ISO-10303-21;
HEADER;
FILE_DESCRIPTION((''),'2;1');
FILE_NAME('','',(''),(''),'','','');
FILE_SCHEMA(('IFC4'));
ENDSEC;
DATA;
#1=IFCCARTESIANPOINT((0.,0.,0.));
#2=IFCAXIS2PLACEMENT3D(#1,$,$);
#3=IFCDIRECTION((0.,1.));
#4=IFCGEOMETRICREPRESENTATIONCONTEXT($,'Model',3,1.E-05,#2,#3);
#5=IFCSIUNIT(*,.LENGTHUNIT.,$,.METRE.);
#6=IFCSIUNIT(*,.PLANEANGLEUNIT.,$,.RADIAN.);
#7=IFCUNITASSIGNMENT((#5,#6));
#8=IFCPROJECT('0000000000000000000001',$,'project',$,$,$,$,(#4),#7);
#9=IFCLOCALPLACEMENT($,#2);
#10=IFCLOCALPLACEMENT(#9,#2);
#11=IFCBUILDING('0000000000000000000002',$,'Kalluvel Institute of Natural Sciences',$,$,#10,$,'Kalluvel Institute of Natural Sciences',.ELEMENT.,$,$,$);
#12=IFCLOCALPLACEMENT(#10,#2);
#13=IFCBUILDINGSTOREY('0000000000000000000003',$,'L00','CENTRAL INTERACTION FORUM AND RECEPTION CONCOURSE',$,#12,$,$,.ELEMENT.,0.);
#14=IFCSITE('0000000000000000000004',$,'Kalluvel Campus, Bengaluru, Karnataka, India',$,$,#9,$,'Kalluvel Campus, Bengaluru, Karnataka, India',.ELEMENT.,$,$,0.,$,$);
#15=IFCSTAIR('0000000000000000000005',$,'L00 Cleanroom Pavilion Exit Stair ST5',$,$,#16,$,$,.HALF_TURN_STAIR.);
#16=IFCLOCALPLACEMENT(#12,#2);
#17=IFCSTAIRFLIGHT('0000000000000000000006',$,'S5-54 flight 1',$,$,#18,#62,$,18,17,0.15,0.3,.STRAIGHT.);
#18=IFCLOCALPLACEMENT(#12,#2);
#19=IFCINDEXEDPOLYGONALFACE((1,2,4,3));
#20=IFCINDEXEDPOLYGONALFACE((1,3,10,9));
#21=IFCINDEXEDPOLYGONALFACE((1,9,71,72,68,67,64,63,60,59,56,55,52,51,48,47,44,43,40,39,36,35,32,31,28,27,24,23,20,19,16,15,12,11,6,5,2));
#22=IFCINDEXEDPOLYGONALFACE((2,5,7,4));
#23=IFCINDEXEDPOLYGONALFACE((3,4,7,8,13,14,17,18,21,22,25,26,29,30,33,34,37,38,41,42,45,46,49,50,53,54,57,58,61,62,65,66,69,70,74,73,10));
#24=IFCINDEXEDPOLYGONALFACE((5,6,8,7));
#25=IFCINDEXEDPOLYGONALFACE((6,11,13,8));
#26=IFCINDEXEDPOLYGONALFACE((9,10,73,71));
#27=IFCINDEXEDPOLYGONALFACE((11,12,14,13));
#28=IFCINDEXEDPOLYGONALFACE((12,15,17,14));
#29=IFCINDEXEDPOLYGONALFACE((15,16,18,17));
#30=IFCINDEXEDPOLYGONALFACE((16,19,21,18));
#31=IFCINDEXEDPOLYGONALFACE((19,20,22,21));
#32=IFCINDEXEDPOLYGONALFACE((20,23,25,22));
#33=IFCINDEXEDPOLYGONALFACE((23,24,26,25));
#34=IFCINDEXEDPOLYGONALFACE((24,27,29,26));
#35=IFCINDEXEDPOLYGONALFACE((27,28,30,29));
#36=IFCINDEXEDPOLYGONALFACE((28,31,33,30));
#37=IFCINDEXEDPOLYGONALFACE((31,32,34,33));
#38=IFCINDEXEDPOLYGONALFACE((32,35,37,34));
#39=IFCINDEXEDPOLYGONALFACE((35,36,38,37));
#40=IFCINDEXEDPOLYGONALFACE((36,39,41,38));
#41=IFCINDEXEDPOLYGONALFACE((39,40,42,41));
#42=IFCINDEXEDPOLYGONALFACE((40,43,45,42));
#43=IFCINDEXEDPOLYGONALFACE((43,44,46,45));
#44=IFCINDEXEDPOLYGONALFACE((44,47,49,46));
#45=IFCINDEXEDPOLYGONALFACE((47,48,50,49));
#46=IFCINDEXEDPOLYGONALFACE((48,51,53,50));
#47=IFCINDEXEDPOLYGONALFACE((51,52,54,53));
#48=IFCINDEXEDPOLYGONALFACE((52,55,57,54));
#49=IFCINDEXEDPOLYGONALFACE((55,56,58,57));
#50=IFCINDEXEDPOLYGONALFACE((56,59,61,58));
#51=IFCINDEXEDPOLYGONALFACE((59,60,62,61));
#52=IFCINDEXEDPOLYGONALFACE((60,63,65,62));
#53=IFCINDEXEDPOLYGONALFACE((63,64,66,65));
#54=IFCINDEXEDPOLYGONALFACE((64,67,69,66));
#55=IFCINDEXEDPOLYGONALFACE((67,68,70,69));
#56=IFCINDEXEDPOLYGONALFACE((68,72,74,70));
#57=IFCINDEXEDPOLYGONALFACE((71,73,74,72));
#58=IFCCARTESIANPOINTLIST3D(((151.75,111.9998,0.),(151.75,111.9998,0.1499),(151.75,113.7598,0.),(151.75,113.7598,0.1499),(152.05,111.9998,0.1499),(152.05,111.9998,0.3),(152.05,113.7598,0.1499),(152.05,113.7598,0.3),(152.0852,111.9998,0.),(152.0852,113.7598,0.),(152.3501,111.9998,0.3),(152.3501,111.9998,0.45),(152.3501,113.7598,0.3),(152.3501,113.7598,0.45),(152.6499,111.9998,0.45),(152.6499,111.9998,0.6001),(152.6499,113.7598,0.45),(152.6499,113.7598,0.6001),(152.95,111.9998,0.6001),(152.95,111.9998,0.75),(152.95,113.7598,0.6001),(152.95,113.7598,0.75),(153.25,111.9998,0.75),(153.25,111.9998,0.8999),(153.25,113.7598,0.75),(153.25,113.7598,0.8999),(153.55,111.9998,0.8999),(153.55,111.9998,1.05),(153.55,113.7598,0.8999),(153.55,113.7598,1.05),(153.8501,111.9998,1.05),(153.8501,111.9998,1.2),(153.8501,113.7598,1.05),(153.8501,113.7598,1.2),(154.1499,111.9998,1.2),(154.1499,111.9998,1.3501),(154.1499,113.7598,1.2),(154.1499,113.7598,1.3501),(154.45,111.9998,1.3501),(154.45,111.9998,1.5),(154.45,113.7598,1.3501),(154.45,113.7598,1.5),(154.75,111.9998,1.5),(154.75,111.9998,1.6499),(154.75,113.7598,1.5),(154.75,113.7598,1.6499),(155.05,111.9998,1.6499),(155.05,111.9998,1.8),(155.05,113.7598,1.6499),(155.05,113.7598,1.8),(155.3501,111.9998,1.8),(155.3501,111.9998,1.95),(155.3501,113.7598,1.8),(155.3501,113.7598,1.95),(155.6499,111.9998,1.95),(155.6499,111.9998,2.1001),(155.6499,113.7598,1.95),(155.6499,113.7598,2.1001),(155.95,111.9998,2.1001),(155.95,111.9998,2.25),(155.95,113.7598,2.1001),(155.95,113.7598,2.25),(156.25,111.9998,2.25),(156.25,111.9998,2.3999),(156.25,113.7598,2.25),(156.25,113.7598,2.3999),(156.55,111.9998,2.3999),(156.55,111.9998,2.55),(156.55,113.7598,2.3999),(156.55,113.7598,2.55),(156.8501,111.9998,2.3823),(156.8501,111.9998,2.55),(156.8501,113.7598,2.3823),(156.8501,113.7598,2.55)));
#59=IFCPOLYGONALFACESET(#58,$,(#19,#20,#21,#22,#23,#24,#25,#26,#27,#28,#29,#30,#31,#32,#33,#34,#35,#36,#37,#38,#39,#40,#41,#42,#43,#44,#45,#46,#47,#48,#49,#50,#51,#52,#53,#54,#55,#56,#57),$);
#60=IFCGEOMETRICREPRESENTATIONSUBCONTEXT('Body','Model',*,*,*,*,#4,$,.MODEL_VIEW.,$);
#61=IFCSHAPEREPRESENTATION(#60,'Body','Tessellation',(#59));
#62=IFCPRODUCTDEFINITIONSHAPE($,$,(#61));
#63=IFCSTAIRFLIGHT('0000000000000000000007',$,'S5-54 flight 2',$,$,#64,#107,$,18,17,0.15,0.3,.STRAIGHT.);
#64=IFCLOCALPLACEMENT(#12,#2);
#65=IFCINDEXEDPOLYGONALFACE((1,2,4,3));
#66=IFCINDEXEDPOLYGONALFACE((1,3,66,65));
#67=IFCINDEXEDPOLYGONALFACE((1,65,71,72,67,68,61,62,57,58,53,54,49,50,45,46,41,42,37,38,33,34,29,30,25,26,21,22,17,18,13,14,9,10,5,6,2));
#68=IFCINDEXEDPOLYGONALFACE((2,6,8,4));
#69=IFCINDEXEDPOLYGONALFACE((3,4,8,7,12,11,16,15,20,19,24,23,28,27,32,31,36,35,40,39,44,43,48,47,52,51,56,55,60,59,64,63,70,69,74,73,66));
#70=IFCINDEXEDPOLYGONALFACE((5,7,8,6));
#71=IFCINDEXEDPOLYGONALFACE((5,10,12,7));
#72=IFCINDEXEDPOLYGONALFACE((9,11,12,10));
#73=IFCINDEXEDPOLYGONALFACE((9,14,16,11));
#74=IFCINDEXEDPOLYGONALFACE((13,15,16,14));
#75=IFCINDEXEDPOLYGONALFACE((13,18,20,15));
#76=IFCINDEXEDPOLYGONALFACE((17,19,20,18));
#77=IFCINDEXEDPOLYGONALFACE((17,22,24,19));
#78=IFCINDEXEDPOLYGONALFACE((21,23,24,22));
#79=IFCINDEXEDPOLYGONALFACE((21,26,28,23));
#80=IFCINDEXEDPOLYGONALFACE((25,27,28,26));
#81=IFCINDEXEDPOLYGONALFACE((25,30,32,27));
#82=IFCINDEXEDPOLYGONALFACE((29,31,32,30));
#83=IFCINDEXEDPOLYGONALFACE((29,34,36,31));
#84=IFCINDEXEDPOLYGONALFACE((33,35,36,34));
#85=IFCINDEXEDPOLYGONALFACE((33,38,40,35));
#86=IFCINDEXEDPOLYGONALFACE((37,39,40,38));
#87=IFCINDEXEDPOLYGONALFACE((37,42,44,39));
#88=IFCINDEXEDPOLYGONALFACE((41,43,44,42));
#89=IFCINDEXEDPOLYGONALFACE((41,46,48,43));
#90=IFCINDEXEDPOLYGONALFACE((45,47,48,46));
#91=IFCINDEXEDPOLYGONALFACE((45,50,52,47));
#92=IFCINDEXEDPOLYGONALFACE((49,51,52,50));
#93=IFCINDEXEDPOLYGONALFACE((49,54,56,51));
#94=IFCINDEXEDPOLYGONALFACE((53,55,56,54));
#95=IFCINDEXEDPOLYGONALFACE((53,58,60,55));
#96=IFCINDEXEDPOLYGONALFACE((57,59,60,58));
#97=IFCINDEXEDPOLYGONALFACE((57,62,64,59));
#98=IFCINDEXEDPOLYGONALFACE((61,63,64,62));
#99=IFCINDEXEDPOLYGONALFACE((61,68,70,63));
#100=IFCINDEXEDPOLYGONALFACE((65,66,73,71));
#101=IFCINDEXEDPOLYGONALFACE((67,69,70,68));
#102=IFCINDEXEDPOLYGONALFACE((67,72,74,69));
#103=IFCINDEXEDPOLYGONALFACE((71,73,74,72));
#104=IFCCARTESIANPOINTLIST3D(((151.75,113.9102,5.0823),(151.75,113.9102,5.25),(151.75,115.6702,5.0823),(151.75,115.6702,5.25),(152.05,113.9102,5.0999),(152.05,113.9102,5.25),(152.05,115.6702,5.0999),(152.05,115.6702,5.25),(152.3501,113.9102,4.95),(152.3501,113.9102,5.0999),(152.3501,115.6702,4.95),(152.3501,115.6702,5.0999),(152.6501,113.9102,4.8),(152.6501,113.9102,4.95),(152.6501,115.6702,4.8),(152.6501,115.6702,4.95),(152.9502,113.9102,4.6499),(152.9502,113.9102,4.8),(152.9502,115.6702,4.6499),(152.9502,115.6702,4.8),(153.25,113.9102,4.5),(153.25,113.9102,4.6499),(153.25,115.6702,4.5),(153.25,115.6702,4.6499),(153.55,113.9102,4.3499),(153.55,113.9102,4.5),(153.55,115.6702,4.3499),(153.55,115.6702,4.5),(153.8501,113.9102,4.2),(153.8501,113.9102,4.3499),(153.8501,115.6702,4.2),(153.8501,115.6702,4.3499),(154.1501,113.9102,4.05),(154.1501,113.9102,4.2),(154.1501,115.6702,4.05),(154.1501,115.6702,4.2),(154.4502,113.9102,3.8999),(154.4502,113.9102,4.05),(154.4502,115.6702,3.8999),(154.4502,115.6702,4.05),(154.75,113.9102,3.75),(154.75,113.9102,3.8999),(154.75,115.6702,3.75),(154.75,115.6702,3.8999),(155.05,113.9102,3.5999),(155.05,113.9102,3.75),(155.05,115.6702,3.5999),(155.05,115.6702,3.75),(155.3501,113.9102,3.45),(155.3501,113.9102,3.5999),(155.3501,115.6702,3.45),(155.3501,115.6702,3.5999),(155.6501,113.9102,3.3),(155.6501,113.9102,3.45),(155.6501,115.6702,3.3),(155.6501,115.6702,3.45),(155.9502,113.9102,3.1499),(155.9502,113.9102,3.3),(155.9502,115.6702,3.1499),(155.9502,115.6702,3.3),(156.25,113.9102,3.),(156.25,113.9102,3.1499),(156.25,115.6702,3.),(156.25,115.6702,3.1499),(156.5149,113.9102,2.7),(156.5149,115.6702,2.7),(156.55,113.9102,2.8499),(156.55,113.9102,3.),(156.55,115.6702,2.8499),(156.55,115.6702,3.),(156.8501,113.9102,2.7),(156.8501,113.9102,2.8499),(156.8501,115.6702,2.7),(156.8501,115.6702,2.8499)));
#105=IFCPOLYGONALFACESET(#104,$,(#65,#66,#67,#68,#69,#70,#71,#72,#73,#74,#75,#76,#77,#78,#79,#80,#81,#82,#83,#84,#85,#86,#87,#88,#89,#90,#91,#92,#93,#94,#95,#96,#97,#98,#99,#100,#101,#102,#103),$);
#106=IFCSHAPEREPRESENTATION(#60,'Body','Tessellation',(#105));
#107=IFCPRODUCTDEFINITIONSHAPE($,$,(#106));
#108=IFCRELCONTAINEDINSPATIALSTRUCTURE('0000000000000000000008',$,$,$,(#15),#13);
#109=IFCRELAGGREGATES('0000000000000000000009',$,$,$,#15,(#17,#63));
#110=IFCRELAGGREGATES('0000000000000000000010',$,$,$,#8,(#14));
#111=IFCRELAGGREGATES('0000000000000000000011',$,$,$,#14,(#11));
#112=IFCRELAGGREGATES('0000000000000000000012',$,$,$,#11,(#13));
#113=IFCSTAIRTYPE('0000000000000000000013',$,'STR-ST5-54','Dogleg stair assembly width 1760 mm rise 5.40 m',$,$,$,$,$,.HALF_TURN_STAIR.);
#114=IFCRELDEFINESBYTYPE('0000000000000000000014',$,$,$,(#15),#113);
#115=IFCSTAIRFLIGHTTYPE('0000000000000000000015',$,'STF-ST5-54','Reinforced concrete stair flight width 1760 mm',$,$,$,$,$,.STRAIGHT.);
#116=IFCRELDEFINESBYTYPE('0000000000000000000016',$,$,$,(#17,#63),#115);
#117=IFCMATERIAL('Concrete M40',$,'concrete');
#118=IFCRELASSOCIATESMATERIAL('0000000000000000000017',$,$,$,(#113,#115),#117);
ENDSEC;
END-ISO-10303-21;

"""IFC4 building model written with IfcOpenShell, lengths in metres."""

from ifc_helpers import new_model, si_unit, direction, frame, origin, place, context, subcontext, project, spatial, polyline, outline, extrude, material, type_object, element, aggregate, save


model = new_model("IFC4")

# Units and contexts
model_context = context("Model", 3, precision=1e-05, world=origin(), true_north=direction((0.0, 1.0)))
body_context = subcontext(model_context, "Body", "Model", "MODEL_VIEW")
ifc_project = project(units=[si_unit("LENGTHUNIT", "METRE"), si_unit("PLANEANGLEUNIT", "RADIAN")], contexts=[model_context])

# Site, building, storey
site_placement = place(None, origin())
site = spatial("IfcSite", under=ifc_project, at=site_placement, Name="Kalluvel Campus, Bengaluru, Karnataka, India", LongName="Kalluvel Campus, Bengaluru, Karnataka, India", CompositionType="ELEMENT", RefElevation=0.0)
building_placement = place(site_placement, origin())
building = spatial("IfcBuilding", under=site, at=building_placement, Name="Kalluvel Institute of Natural Sciences", LongName="Kalluvel Institute of Natural Sciences", CompositionType="ELEMENT")
storey_placement = place(building_placement, origin())
storey = spatial("IfcBuildingStorey", under=building, at=storey_placement, Name="L00", Description="CENTRAL INTERACTION FORUM AND RECEPTION CONCOURSE", CompositionType="ELEMENT", Elevation=0.0)

# Shared definitions
ifc_material_1 = material(Name="Concrete M40", Category="concrete")

# Stair, stair flights
stair_type = type_object("IfcStairType", Name="STR-ST5-54", Description="Dogleg stair assembly width 1760 mm rise 5.40 m", PredefinedType="HALF_TURN_STAIR", material=ifc_material_1)
stair_placement = place(storey_placement, origin())
stair = element("IfcStair", 1, at=stair_placement, inside=storey, type_object=stair_type, Name="L00 Cleanroom Pavilion Exit Stair ST5", PredefinedType="HALF_TURN_STAIR")
stair_flight_type = type_object("IfcStairFlightType", Name="STF-ST5-54", Description="Reinforced concrete stair flight width 1760 mm", PredefinedType="STRAIGHT", material=ifc_material_1)
stair_flight_1_placement = place(storey_placement, frame((151.75, 112.8799, 0.0), z_axis=(0.0, 0.0, 1.0), x_axis=(1.0, 0.0, 0.0)))
stair_flight_1 = element("IfcStairFlight", 2, at=stair_flight_1_placement, type_object=stair_flight_type, Name="S5-54 flight 1", NumberOfRisers=18, NumberOfTreads=17, PredefinedType="STRAIGHT", RiserHeight=0.15, TreadLength=0.3, context=body_context, shape_type="SweptSolid", body=[
    extrude(outline(polyline([(0.0, 0.0), (0.0, 0.1499), (0.3, 0.1499), (0.3, 0.3), (0.6001, 0.3), (0.6001, 0.45), (0.8999, 0.45), (0.8999, 0.6001), (1.2, 0.6001), (1.2, 0.75), (1.5, 0.75), (1.5, 0.8999), (1.8, 0.8999), (1.8, 1.05), (2.1001, 1.05), (2.1001, 1.2), (2.3999, 1.2), (2.3999, 1.3501), (2.7, 1.3501), (2.7, 1.5), (3.0, 1.5), (3.0, 1.6499), (3.3, 1.6499), (3.3, 1.8), (3.6001, 1.8), (3.6001, 1.95), (3.8999, 1.95), (3.8999, 2.1001), (4.2, 2.1001), (4.2, 2.25), (4.5, 2.25), (4.5, 2.3999), (4.8, 2.3999), (4.8, 2.55), (5.1001, 2.55), (5.1001, 2.7), (5.1001, 2.3823), (0.3352, 0.0), (0.0, 0.0)])), frame((0.0, 0.8799, 0.0), z_axis=(0.0, -1.0, 0.0), x_axis=(1.0, 0.0, 0.0)), (0.0, 0.0, 1.0), 1.76),
])
stair_flight_2_placement = place(storey_placement, frame((156.8501, 114.79, 2.7), z_axis=(0.0, 0.0, 1.0), x_axis=(-1.0, 0.0, 0.0)))
stair_flight_2 = element("IfcStairFlight", 3, at=stair_flight_2_placement, type_object=stair_flight_type, Name="S5-54 flight 2", NumberOfRisers=18, NumberOfTreads=17, PredefinedType="STRAIGHT", RiserHeight=0.15, TreadLength=0.3, context=body_context, shape_type="SweptSolid", body=[
    extrude(outline(polyline([(0.0, 0.0), (0.0, 0.1499), (0.3, 0.1499), (0.3, 0.3), (0.6001, 0.3), (0.6001, 0.45), (0.8999, 0.45), (0.8999, 0.6001), (1.2, 0.6001), (1.2, 0.75), (1.5, 0.75), (1.5, 0.8999), (1.8, 0.8999), (1.8, 1.05), (2.1001, 1.05), (2.1001, 1.2), (2.3999, 1.2), (2.3999, 1.3501), (2.7, 1.3501), (2.7, 1.5), (3.0, 1.5), (3.0, 1.6499), (3.3, 1.6499), (3.3, 1.8), (3.6001, 1.8), (3.6001, 1.95), (3.8999, 1.95), (3.8999, 2.1001), (4.2, 2.1001), (4.2, 2.25), (4.5, 2.25), (4.5, 2.3999), (4.8, 2.3999), (4.8, 2.55), (5.1001, 2.55), (5.1001, 2.7), (5.1001, 2.3823), (0.3352, 0.0), (0.0, 0.0)])), frame((0.0, 0.8799, 0.0), z_axis=(0.0, -1.0, 0.0), x_axis=(1.0, 0.0, 0.0)), (0.0, 0.0, 1.0), 1.76),
])
aggregate(stair, [stair_flight_1, stair_flight_2])

save(model, "model.ifc")
